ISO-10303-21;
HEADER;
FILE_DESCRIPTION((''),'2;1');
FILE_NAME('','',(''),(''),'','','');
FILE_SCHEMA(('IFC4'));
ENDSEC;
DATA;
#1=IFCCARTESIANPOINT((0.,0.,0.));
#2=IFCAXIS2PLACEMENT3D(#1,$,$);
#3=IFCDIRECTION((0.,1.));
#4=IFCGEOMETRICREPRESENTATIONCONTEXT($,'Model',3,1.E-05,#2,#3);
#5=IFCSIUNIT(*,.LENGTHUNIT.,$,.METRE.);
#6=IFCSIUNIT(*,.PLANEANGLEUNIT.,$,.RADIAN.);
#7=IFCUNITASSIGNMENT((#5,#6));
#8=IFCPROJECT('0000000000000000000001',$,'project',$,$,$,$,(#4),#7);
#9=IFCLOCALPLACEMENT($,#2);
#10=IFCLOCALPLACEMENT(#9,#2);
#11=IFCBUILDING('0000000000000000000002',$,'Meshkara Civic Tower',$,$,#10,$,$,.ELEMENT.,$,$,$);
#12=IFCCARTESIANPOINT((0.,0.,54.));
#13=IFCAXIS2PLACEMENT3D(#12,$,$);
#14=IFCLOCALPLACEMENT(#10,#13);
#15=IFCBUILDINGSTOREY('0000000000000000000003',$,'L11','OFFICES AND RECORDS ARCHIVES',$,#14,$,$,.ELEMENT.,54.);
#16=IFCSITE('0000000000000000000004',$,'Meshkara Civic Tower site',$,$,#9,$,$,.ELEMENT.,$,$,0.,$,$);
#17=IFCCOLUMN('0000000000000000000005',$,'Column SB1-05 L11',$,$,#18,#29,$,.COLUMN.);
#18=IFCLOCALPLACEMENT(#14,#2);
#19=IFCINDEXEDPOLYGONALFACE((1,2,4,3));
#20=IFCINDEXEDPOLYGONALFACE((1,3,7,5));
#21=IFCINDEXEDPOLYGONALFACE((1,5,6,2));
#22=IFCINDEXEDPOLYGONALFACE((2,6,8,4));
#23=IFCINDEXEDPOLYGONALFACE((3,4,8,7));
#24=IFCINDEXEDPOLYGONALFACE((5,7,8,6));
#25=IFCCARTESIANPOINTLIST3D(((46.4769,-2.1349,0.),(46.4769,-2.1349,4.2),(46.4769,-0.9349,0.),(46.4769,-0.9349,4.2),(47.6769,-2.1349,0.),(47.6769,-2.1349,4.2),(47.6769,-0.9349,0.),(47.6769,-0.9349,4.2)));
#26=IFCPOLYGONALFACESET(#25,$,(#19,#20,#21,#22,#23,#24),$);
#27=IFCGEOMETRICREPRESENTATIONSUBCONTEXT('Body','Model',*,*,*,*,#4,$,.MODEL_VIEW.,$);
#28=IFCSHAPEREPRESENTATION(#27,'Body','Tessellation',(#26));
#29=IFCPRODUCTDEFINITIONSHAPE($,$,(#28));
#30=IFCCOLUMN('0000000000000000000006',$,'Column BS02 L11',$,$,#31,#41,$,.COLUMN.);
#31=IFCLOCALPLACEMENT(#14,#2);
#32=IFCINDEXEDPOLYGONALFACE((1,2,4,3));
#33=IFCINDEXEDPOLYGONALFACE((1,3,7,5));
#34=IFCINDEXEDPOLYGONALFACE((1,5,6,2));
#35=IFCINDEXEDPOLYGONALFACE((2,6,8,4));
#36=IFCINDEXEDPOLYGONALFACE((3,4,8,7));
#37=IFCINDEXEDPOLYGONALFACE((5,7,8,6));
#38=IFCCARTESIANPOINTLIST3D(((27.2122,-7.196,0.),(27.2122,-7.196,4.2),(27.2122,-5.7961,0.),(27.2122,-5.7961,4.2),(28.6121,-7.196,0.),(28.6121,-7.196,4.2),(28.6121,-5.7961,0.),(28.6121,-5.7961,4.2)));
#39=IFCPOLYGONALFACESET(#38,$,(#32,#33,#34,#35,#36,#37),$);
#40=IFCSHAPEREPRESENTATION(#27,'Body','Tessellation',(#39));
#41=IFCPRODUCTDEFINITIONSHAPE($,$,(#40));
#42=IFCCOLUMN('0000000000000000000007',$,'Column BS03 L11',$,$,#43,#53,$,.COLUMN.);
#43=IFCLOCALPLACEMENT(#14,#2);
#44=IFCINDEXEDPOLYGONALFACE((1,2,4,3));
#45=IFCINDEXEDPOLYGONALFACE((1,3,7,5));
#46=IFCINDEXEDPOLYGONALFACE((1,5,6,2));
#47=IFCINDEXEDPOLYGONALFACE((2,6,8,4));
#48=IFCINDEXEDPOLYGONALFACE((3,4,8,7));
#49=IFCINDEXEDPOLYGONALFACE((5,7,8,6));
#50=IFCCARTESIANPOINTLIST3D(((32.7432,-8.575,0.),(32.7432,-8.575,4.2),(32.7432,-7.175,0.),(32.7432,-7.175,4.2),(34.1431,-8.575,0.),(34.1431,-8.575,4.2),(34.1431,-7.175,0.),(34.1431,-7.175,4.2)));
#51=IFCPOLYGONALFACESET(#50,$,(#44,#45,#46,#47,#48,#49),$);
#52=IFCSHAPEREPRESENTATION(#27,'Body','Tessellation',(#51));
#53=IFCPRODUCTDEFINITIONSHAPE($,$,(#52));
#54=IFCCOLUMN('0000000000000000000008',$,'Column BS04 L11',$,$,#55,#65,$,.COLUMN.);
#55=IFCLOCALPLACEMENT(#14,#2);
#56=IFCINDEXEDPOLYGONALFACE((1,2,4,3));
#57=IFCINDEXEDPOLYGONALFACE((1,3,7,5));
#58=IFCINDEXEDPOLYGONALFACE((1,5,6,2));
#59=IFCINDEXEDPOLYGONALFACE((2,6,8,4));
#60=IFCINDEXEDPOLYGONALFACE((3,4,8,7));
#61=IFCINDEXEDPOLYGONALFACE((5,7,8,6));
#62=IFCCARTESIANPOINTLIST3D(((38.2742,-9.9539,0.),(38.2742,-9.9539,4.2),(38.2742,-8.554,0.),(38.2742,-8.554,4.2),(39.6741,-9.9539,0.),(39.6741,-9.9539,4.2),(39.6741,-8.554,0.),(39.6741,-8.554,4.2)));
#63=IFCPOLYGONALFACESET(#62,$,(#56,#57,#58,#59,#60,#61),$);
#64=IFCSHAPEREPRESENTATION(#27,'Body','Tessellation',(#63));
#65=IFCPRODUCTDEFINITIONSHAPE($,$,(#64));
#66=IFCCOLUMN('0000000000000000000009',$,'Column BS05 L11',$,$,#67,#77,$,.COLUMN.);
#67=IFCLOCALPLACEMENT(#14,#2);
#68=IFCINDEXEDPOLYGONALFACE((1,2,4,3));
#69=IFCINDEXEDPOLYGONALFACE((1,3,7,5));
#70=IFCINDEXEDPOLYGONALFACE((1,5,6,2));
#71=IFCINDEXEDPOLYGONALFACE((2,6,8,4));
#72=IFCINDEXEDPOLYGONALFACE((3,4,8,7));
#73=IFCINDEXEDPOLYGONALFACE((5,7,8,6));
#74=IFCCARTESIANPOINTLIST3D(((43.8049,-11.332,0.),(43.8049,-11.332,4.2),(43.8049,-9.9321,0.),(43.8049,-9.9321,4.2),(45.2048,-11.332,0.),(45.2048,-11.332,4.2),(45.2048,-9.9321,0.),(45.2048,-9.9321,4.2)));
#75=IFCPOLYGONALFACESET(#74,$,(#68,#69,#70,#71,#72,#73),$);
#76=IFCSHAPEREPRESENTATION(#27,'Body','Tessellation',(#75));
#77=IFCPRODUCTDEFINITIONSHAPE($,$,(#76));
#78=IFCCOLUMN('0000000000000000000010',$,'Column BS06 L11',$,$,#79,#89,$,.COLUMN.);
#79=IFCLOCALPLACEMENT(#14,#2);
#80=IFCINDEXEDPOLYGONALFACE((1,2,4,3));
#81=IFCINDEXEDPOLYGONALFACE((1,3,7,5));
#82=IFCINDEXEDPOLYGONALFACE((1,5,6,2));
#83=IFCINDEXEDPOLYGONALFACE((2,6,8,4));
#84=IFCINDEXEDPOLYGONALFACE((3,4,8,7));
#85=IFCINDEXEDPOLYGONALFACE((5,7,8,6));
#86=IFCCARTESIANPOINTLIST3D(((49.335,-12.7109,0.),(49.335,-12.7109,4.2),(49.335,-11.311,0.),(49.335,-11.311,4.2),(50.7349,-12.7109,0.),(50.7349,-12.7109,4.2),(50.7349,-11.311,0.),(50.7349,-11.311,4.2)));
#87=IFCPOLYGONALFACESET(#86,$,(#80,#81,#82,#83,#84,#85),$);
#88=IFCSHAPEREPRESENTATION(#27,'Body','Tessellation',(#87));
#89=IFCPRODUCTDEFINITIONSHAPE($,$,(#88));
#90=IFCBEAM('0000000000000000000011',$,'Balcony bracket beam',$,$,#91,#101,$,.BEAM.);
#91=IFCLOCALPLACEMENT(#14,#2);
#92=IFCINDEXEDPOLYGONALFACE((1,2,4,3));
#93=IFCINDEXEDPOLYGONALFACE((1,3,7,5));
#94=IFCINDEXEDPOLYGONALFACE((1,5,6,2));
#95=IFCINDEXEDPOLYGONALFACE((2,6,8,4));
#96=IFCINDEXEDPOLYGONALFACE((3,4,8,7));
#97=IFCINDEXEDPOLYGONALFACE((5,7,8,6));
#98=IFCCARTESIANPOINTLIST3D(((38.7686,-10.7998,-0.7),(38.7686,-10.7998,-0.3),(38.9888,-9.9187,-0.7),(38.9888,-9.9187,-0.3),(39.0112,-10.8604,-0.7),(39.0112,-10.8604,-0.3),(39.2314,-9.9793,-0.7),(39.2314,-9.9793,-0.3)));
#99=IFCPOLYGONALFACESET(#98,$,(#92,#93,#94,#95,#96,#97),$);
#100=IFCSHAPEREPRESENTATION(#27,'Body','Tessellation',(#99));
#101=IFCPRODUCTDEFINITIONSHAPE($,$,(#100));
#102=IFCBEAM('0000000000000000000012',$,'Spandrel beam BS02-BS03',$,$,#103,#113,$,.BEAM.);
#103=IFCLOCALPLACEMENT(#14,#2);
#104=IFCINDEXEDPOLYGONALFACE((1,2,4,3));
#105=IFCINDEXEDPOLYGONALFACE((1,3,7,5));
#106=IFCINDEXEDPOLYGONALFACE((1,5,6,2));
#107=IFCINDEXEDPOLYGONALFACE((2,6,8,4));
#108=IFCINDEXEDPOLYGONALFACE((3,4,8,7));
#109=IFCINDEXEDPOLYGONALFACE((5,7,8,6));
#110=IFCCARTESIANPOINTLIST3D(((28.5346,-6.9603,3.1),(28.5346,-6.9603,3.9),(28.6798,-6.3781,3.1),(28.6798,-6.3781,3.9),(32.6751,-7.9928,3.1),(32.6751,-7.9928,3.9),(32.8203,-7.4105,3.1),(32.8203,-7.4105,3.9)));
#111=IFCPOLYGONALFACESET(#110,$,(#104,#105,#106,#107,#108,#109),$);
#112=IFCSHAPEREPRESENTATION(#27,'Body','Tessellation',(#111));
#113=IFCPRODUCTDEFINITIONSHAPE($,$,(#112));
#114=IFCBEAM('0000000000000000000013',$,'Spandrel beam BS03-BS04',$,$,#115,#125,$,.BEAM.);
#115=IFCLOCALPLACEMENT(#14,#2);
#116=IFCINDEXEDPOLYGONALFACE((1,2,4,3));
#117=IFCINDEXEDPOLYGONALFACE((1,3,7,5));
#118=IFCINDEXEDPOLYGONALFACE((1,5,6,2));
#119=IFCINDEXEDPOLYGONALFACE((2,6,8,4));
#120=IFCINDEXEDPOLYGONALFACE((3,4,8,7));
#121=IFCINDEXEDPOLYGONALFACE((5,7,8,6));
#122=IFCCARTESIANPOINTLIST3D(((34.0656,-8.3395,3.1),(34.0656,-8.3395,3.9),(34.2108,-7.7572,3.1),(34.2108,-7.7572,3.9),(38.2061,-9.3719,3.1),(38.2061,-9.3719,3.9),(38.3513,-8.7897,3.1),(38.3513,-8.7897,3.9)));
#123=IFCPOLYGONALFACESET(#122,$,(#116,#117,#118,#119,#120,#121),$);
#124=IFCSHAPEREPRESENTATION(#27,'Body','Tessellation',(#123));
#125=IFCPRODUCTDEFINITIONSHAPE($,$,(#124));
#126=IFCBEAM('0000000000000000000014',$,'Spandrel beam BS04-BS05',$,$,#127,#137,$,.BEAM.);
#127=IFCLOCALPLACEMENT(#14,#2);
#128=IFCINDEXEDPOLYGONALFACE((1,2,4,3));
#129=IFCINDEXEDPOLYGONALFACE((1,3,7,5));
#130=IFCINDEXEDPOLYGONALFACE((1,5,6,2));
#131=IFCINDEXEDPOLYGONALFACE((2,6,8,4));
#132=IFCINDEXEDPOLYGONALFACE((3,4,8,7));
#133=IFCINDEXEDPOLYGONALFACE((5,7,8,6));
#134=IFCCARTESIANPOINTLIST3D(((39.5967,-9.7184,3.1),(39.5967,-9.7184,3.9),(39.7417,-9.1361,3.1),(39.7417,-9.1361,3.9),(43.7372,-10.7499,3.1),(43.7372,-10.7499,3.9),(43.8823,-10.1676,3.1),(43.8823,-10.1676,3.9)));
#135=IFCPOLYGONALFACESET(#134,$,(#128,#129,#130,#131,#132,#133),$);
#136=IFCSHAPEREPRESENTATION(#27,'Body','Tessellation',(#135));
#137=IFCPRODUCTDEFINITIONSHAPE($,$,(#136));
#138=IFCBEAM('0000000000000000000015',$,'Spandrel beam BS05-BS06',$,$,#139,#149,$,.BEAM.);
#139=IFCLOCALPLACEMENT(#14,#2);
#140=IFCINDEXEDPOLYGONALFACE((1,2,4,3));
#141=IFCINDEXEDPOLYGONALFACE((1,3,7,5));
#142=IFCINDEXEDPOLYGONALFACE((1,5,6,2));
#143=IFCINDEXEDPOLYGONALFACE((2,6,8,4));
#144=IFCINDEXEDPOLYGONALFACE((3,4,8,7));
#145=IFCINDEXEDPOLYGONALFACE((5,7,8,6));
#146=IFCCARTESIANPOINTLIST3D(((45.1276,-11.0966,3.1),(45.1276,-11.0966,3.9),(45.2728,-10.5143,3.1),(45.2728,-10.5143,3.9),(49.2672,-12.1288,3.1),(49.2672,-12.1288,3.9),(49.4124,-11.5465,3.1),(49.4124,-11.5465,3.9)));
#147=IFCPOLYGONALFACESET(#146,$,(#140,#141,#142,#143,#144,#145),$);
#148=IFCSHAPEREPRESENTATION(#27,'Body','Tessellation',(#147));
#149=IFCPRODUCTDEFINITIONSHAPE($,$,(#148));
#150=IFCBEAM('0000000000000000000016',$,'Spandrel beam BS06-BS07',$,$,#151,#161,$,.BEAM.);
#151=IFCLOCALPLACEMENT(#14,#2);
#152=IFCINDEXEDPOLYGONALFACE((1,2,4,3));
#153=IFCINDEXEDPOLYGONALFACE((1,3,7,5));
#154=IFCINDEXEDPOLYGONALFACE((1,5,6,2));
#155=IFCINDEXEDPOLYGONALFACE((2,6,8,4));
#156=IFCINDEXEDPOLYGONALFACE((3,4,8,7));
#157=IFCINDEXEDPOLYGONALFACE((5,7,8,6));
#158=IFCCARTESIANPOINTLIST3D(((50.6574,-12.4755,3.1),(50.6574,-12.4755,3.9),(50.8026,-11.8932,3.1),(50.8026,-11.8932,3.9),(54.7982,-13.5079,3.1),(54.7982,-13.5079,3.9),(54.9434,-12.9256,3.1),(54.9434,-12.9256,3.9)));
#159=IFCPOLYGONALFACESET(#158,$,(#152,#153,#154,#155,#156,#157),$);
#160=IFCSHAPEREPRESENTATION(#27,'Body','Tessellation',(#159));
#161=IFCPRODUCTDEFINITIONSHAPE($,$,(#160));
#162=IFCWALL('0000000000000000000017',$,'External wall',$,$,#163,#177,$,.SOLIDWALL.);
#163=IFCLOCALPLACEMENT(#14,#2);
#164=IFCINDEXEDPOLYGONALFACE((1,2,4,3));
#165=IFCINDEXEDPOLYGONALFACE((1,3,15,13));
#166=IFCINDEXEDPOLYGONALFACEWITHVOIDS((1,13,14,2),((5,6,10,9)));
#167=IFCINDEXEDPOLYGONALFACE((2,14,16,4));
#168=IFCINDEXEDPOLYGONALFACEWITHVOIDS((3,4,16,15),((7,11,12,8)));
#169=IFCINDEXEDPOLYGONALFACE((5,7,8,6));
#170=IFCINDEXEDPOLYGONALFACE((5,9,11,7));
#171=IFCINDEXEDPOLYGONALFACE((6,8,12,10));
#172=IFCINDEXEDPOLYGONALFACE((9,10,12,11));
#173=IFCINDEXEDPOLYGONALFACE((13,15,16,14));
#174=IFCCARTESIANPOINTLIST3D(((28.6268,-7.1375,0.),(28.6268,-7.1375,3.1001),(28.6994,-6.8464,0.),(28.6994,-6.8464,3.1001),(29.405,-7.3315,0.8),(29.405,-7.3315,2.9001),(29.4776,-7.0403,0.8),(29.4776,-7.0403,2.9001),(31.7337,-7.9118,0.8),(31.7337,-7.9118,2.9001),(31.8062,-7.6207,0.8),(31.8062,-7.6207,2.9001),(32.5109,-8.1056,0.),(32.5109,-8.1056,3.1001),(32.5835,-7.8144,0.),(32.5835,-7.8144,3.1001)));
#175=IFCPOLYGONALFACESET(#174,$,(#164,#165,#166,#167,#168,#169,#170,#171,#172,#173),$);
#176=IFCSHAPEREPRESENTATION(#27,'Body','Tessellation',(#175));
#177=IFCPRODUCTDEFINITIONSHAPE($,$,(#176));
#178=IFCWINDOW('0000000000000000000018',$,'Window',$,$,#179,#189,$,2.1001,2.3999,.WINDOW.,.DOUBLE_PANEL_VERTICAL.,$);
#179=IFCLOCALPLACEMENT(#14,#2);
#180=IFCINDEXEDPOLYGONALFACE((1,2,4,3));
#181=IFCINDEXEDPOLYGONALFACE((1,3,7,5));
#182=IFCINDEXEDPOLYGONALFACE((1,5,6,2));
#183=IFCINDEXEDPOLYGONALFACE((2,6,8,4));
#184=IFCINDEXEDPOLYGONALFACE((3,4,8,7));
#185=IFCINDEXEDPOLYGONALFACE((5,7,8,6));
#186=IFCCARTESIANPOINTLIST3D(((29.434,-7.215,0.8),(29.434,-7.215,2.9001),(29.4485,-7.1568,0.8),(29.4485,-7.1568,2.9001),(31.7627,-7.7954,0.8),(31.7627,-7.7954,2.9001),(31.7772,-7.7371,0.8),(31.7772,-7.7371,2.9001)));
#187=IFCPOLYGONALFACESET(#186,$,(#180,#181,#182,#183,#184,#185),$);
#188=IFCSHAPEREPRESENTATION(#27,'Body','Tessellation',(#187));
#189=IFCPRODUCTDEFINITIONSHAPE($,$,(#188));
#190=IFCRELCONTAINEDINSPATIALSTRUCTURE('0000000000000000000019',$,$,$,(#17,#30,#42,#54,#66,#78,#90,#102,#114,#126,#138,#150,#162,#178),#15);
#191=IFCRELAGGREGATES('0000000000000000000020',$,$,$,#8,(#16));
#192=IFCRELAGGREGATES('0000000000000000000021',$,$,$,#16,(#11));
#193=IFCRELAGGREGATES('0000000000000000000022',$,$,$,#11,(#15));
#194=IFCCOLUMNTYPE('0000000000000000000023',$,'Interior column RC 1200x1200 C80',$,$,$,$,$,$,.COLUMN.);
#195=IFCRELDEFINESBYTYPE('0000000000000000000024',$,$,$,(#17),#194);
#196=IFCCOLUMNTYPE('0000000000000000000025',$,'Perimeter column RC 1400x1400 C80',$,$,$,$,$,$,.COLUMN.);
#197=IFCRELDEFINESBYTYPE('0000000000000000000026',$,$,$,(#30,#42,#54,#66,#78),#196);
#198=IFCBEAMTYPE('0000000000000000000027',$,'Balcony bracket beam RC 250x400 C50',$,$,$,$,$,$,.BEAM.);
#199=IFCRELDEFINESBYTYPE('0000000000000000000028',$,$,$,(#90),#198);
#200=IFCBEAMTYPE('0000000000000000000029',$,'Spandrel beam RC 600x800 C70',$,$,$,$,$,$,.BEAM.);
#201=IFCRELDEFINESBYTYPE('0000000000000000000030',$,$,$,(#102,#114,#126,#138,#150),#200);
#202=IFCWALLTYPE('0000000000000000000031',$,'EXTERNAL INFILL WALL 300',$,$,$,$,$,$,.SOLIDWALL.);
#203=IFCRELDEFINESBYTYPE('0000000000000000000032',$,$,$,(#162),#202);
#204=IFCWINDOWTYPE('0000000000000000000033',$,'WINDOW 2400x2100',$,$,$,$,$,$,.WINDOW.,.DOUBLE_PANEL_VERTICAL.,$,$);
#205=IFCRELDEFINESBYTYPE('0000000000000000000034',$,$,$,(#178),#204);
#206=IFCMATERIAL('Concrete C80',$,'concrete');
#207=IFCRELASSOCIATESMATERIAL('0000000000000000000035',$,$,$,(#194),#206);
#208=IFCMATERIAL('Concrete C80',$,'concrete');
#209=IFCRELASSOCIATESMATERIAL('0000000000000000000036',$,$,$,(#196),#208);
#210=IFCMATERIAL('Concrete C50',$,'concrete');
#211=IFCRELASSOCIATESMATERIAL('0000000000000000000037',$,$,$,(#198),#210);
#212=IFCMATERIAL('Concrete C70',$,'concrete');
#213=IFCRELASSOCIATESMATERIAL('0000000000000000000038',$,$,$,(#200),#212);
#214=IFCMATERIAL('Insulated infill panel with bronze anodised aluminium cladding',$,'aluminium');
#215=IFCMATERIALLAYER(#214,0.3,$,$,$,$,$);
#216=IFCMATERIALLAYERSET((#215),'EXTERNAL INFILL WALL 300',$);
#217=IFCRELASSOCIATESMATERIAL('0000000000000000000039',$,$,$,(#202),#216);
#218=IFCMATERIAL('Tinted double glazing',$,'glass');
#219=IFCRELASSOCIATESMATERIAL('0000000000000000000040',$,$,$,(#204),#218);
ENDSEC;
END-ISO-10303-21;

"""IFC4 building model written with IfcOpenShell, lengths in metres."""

from ifc_helpers import new_model, si_unit, direction, frame, frame_2d, origin, origin_2d, place, context, subcontext, project, spatial, rectangle, extrude, material, layer, layer_set, material_profile, profile_set, type_object, element, fill, save


model = new_model("IFC4")

# Units and contexts
model_context = context("Model", 3, precision=1e-05, world=origin(), true_north=direction((0.0, 1.0)))
body_context = subcontext(model_context, "Body", "Model", "MODEL_VIEW")
ifc_project = project(units=[si_unit("LENGTHUNIT", "METRE"), si_unit("PLANEANGLEUNIT", "RADIAN")], contexts=[model_context])

# Site, building, storey
site_placement = place(None, origin())
site = spatial("IfcSite", under=ifc_project, at=site_placement, Name="Meshkara Civic Tower site", CompositionType="ELEMENT", RefElevation=0.0)
building_placement = place(site_placement, origin())
building = spatial("IfcBuilding", under=site, at=building_placement, Name="Meshkara Civic Tower", CompositionType="ELEMENT")
storey_placement = place(building_placement, frame((0.0, 0.0, 54.0)))
storey = spatial("IfcBuildingStorey", under=building, at=storey_placement, Name="L11", Description="OFFICES AND RECORDS ARCHIVES", CompositionType="ELEMENT", Elevation=54.0)

# Columns
ifc_material_1 = material(Name="Concrete C80", Category="concrete")
ifc_material_profile_1 = material_profile(ifc_material_1, rectangle(XDim=1.2, YDim=1.2, at=origin_2d()))
ifc_profile_set_1 = profile_set([ifc_material_profile_1], Name="Concrete C80")
column_type_1 = type_object("IfcColumnType", Name="Interior column RC 1200x1200 C80", PredefinedType="COLUMN", material=ifc_profile_set_1)
column_placement = place(storey_placement, frame((47.0769, -1.5349, 0.0), z_axis=(0.0, 0.0, 1.0), x_axis=(1.0, 0.0, 0.0)))
element("IfcColumn", 1, at=column_placement, inside=storey, type_object=column_type_1, Name="Column SB1-05 L11", PredefinedType="COLUMN", context=body_context, shape_type="SweptSolid", body=[
    extrude(rectangle(XDim=1.2, YDim=1.2, at=origin_2d()), origin(), (0.0, 0.0, 1.0), 4.2),
])
ifc_material_2 = material(Name="Concrete C80", Category="concrete")
ifc_material_profile_2 = material_profile(ifc_material_2, rectangle(XDim=1.3999, YDim=1.3999, at=origin_2d()))
ifc_profile_set_2 = profile_set([ifc_material_profile_2], Name="Concrete C80")
column_type_2 = type_object("IfcColumnType", Name="Perimeter column RC 1400x1400 C80", PredefinedType="COLUMN", material=ifc_profile_set_2)
for number, where, z_axis, x_axis, name in (
    (2, (27.9121, -6.4961, 0.0), (0.0, 0.0, 1.0), (1.0, 0.0, 0.0), "Column BS02 L11"),
    (3, (33.4431, -7.875, 0.0), (0.0, 0.0, 1.0), (1.0, 0.0, 0.0), "Column BS03 L11"),
    (4, (38.9741, -9.2539, 0.0), (0.0, 0.0, 1.0), (1.0, 0.0, 0.0), "Column BS04 L11"),
    (5, (44.5049, -10.6321, 0.0), (0.0, 0.0, 1.0), (1.0, 0.0, 0.0), "Column BS05 L11"),
    (6, (50.0349, -12.011, 0.0), (0.0, 0.0, 1.0), (1.0, 0.0, 0.0), "Column BS06 L11"),
):
    element("IfcColumn", number, at=place(storey_placement, frame(where, z_axis=z_axis, x_axis=x_axis)), inside=storey, type_object=column_type_2, Name=name, PredefinedType="COLUMN", context=body_context, shape_type="SweptSolid", body=[
        extrude(rectangle(XDim=1.3999, YDim=1.3999, at=origin_2d()), origin(), (0.0, 0.0, 1.0), 4.2),
    ])

# Beams
ifc_material_3 = material(Name="Concrete C50", Category="concrete")
ifc_material_profile_3 = material_profile(ifc_material_3, rectangle(XDim=0.25, YDim=0.3999, at=origin_2d()))
ifc_profile_set_3 = profile_set([ifc_material_profile_3], Name="Concrete C50")
beam_type_1 = type_object("IfcBeamType", Name="Balcony bracket beam RC 250x400 C50", PredefinedType="BEAM", material=ifc_profile_set_3)
beam_1_placement = place(storey_placement, frame((39.1101, -9.949, -0.5), z_axis=(-0.242472, -0.970158, 0.0), x_axis=(0.970158, -0.242472, 0.0)))
element("IfcBeam", 7, at=beam_1_placement, inside=storey, type_object=beam_type_1, Name="Balcony bracket beam", PredefinedType="BEAM", context=body_context, shape_type="SweptSolid", body=[
    extrude(rectangle(XDim=0.25, YDim=0.3999, at=origin_2d()), origin(), (0.0, 0.0, 1.0), 0.9082),
])
ifc_material_4 = material(Name="Concrete C70", Category="concrete")
ifc_material_profile_4 = material_profile(ifc_material_4, rectangle(XDim=0.6001, YDim=0.8, at=origin_2d()))
ifc_profile_set_4 = profile_set([ifc_material_profile_4], Name="Concrete C70")
beam_type_2 = type_object("IfcBeamType", Name="Spandrel beam RC 600x800 C70", PredefinedType="BEAM", material=ifc_profile_set_4)
for number, where, z_axis, x_axis, name in (
    (8, (28.6072, -6.6692, 3.5), (0.97029, -0.241943, 0.0), (0.241943, 0.97029, 0.0), "Spandrel beam BS02-BS03"),
    (9, (34.1382, -8.0483, 3.5), (0.97029, -0.241943, 0.0), (0.241943, 0.97029, 0.0), "Spandrel beam BS03-BS04"),
):
    element("IfcBeam", number, at=place(storey_placement, frame(where, z_axis=z_axis, x_axis=x_axis)), inside=storey, type_object=beam_type_2, Name=name, PredefinedType="BEAM", context=body_context, shape_type="SweptSolid", body=[
        extrude(rectangle(XDim=0.6001, YDim=0.8, at=origin_2d()), origin(), (0.0, 0.0, 1.0), 4.2673),
    ])
beam_2_placement = place(storey_placement, frame((39.6692, -9.4272, 3.5), z_axis=(0.970344, -0.241728, 0.0), x_axis=(0.241728, 0.970344, 0.0)))
element("IfcBeam", 10, at=beam_2_placement, inside=storey, type_object=beam_type_2, Name="Spandrel beam BS04-BS05", PredefinedType="BEAM", context=body_context, shape_type="SweptSolid", body=[
    extrude(rectangle(XDim=0.6001, YDim=0.8, at=origin_2d()), origin(), (0.0, 0.0, 1.0), 4.2671),
])
beam_3_placement = place(storey_placement, frame((45.2002, -10.8054, 3.5), z_axis=(0.97029, -0.241943, 0.0), x_axis=(0.241943, 0.97029, 0.0)))
element("IfcBeam", 11, at=beam_3_placement, inside=storey, type_object=beam_type_2, Name="Spandrel beam BS05-BS06", PredefinedType="BEAM", context=body_context, shape_type="SweptSolid", body=[
    extrude(rectangle(XDim=0.6001, YDim=0.8, at=origin_2d()), origin(), (0.0, 0.0, 1.0), 4.2664),
])
beam_4_placement = place(storey_placement, frame((50.73, -12.1843, 3.5), z_axis=(0.970294, -0.24193, 0.0), x_axis=(0.24193, 0.970294, 0.0)))
element("IfcBeam", 12, at=beam_4_placement, inside=storey, type_object=beam_type_2, Name="Spandrel beam BS06-BS07", PredefinedType="BEAM", context=body_context, shape_type="SweptSolid", body=[
    extrude(rectangle(XDim=0.6001, YDim=0.8, at=origin_2d()), origin(), (0.0, 0.0, 1.0), 4.2676),
])

# Wall, opening, window
ifc_material_5 = material(Name="Insulated infill panel with bronze anodised aluminium cladding", Category="aluminium")
ifc_layer_1 = layer(ifc_material_5, 0.3)
ifc_layer_set_1 = layer_set([ifc_layer_1], Name="EXTERNAL INFILL WALL 300")
wall_type_1 = type_object("IfcWallType", Name="EXTERNAL INFILL WALL 300", PredefinedType="SOLIDWALL", material=ifc_layer_set_1)
wall_1_placement = place(storey_placement, frame((28.6631, -6.9919, 0.0), z_axis=(0.0, 0.0, 1.0), x_axis=(0.970318, -0.241832, 0.0)))
wall_1 = element("IfcWall", 13, at=wall_1_placement, inside=storey, type_object=wall_type_1, Name="External wall", PredefinedType="SOLIDWALL", context=body_context, shape_type="SweptSolid", body=[
    extrude(rectangle(XDim=4.0029, YDim=0.3, at=frame_2d((2.0015, 0.0))), origin(), (0.0, 0.0, 1.0), 3.1001),
])
opening_1_placement = place(wall_1_placement, frame((0.802, 0.0, 0.8)))
opening_1 = element("IfcOpeningElement", 14, at=opening_1_placement, cuts=wall_1, PredefinedType="OPENING", context=body_context, shape_type="SweptSolid", body=[
    extrude(rectangle(XDim=2.3999, YDim=2.1001, at=frame_2d((1.2, 1.05))), frame((0.0, 0.1599, 0.0), z_axis=(0.0, -1.0, 0.0), x_axis=(1.0, 0.0, 0.0)), (0.0, 0.0, 1.0), 0.3201),
])
ifc_material_6 = material(Name="Tinted double glazing", Category="glass")
window_type = type_object("IfcWindowType", Name="WINDOW 2400x2100", PartitioningType="DOUBLE_PANEL_VERTICAL", PredefinedType="WINDOW", material=ifc_material_6)
window_1_placement = place(opening_1_placement, origin())
window_1 = element("IfcWindow", 15, at=window_1_placement, inside=storey, type_object=window_type, Name="Window", OverallHeight=2.1001, OverallWidth=2.3999, PartitioningType="DOUBLE_PANEL_VERTICAL", PredefinedType="WINDOW", context=body_context, shape_type="SweptSolid", body=[
    extrude(rectangle(XDim=2.3999, YDim=2.1001, at=frame_2d((1.2, 1.05))), frame((0.0, 0.03, 0.0), z_axis=(0.0, -1.0, 0.0), x_axis=(1.0, 0.0, 0.0)), (0.0, 0.0, 1.0), 0.0601),
])
fill(opening_1, window_1)

save(model, "model.ifc")
